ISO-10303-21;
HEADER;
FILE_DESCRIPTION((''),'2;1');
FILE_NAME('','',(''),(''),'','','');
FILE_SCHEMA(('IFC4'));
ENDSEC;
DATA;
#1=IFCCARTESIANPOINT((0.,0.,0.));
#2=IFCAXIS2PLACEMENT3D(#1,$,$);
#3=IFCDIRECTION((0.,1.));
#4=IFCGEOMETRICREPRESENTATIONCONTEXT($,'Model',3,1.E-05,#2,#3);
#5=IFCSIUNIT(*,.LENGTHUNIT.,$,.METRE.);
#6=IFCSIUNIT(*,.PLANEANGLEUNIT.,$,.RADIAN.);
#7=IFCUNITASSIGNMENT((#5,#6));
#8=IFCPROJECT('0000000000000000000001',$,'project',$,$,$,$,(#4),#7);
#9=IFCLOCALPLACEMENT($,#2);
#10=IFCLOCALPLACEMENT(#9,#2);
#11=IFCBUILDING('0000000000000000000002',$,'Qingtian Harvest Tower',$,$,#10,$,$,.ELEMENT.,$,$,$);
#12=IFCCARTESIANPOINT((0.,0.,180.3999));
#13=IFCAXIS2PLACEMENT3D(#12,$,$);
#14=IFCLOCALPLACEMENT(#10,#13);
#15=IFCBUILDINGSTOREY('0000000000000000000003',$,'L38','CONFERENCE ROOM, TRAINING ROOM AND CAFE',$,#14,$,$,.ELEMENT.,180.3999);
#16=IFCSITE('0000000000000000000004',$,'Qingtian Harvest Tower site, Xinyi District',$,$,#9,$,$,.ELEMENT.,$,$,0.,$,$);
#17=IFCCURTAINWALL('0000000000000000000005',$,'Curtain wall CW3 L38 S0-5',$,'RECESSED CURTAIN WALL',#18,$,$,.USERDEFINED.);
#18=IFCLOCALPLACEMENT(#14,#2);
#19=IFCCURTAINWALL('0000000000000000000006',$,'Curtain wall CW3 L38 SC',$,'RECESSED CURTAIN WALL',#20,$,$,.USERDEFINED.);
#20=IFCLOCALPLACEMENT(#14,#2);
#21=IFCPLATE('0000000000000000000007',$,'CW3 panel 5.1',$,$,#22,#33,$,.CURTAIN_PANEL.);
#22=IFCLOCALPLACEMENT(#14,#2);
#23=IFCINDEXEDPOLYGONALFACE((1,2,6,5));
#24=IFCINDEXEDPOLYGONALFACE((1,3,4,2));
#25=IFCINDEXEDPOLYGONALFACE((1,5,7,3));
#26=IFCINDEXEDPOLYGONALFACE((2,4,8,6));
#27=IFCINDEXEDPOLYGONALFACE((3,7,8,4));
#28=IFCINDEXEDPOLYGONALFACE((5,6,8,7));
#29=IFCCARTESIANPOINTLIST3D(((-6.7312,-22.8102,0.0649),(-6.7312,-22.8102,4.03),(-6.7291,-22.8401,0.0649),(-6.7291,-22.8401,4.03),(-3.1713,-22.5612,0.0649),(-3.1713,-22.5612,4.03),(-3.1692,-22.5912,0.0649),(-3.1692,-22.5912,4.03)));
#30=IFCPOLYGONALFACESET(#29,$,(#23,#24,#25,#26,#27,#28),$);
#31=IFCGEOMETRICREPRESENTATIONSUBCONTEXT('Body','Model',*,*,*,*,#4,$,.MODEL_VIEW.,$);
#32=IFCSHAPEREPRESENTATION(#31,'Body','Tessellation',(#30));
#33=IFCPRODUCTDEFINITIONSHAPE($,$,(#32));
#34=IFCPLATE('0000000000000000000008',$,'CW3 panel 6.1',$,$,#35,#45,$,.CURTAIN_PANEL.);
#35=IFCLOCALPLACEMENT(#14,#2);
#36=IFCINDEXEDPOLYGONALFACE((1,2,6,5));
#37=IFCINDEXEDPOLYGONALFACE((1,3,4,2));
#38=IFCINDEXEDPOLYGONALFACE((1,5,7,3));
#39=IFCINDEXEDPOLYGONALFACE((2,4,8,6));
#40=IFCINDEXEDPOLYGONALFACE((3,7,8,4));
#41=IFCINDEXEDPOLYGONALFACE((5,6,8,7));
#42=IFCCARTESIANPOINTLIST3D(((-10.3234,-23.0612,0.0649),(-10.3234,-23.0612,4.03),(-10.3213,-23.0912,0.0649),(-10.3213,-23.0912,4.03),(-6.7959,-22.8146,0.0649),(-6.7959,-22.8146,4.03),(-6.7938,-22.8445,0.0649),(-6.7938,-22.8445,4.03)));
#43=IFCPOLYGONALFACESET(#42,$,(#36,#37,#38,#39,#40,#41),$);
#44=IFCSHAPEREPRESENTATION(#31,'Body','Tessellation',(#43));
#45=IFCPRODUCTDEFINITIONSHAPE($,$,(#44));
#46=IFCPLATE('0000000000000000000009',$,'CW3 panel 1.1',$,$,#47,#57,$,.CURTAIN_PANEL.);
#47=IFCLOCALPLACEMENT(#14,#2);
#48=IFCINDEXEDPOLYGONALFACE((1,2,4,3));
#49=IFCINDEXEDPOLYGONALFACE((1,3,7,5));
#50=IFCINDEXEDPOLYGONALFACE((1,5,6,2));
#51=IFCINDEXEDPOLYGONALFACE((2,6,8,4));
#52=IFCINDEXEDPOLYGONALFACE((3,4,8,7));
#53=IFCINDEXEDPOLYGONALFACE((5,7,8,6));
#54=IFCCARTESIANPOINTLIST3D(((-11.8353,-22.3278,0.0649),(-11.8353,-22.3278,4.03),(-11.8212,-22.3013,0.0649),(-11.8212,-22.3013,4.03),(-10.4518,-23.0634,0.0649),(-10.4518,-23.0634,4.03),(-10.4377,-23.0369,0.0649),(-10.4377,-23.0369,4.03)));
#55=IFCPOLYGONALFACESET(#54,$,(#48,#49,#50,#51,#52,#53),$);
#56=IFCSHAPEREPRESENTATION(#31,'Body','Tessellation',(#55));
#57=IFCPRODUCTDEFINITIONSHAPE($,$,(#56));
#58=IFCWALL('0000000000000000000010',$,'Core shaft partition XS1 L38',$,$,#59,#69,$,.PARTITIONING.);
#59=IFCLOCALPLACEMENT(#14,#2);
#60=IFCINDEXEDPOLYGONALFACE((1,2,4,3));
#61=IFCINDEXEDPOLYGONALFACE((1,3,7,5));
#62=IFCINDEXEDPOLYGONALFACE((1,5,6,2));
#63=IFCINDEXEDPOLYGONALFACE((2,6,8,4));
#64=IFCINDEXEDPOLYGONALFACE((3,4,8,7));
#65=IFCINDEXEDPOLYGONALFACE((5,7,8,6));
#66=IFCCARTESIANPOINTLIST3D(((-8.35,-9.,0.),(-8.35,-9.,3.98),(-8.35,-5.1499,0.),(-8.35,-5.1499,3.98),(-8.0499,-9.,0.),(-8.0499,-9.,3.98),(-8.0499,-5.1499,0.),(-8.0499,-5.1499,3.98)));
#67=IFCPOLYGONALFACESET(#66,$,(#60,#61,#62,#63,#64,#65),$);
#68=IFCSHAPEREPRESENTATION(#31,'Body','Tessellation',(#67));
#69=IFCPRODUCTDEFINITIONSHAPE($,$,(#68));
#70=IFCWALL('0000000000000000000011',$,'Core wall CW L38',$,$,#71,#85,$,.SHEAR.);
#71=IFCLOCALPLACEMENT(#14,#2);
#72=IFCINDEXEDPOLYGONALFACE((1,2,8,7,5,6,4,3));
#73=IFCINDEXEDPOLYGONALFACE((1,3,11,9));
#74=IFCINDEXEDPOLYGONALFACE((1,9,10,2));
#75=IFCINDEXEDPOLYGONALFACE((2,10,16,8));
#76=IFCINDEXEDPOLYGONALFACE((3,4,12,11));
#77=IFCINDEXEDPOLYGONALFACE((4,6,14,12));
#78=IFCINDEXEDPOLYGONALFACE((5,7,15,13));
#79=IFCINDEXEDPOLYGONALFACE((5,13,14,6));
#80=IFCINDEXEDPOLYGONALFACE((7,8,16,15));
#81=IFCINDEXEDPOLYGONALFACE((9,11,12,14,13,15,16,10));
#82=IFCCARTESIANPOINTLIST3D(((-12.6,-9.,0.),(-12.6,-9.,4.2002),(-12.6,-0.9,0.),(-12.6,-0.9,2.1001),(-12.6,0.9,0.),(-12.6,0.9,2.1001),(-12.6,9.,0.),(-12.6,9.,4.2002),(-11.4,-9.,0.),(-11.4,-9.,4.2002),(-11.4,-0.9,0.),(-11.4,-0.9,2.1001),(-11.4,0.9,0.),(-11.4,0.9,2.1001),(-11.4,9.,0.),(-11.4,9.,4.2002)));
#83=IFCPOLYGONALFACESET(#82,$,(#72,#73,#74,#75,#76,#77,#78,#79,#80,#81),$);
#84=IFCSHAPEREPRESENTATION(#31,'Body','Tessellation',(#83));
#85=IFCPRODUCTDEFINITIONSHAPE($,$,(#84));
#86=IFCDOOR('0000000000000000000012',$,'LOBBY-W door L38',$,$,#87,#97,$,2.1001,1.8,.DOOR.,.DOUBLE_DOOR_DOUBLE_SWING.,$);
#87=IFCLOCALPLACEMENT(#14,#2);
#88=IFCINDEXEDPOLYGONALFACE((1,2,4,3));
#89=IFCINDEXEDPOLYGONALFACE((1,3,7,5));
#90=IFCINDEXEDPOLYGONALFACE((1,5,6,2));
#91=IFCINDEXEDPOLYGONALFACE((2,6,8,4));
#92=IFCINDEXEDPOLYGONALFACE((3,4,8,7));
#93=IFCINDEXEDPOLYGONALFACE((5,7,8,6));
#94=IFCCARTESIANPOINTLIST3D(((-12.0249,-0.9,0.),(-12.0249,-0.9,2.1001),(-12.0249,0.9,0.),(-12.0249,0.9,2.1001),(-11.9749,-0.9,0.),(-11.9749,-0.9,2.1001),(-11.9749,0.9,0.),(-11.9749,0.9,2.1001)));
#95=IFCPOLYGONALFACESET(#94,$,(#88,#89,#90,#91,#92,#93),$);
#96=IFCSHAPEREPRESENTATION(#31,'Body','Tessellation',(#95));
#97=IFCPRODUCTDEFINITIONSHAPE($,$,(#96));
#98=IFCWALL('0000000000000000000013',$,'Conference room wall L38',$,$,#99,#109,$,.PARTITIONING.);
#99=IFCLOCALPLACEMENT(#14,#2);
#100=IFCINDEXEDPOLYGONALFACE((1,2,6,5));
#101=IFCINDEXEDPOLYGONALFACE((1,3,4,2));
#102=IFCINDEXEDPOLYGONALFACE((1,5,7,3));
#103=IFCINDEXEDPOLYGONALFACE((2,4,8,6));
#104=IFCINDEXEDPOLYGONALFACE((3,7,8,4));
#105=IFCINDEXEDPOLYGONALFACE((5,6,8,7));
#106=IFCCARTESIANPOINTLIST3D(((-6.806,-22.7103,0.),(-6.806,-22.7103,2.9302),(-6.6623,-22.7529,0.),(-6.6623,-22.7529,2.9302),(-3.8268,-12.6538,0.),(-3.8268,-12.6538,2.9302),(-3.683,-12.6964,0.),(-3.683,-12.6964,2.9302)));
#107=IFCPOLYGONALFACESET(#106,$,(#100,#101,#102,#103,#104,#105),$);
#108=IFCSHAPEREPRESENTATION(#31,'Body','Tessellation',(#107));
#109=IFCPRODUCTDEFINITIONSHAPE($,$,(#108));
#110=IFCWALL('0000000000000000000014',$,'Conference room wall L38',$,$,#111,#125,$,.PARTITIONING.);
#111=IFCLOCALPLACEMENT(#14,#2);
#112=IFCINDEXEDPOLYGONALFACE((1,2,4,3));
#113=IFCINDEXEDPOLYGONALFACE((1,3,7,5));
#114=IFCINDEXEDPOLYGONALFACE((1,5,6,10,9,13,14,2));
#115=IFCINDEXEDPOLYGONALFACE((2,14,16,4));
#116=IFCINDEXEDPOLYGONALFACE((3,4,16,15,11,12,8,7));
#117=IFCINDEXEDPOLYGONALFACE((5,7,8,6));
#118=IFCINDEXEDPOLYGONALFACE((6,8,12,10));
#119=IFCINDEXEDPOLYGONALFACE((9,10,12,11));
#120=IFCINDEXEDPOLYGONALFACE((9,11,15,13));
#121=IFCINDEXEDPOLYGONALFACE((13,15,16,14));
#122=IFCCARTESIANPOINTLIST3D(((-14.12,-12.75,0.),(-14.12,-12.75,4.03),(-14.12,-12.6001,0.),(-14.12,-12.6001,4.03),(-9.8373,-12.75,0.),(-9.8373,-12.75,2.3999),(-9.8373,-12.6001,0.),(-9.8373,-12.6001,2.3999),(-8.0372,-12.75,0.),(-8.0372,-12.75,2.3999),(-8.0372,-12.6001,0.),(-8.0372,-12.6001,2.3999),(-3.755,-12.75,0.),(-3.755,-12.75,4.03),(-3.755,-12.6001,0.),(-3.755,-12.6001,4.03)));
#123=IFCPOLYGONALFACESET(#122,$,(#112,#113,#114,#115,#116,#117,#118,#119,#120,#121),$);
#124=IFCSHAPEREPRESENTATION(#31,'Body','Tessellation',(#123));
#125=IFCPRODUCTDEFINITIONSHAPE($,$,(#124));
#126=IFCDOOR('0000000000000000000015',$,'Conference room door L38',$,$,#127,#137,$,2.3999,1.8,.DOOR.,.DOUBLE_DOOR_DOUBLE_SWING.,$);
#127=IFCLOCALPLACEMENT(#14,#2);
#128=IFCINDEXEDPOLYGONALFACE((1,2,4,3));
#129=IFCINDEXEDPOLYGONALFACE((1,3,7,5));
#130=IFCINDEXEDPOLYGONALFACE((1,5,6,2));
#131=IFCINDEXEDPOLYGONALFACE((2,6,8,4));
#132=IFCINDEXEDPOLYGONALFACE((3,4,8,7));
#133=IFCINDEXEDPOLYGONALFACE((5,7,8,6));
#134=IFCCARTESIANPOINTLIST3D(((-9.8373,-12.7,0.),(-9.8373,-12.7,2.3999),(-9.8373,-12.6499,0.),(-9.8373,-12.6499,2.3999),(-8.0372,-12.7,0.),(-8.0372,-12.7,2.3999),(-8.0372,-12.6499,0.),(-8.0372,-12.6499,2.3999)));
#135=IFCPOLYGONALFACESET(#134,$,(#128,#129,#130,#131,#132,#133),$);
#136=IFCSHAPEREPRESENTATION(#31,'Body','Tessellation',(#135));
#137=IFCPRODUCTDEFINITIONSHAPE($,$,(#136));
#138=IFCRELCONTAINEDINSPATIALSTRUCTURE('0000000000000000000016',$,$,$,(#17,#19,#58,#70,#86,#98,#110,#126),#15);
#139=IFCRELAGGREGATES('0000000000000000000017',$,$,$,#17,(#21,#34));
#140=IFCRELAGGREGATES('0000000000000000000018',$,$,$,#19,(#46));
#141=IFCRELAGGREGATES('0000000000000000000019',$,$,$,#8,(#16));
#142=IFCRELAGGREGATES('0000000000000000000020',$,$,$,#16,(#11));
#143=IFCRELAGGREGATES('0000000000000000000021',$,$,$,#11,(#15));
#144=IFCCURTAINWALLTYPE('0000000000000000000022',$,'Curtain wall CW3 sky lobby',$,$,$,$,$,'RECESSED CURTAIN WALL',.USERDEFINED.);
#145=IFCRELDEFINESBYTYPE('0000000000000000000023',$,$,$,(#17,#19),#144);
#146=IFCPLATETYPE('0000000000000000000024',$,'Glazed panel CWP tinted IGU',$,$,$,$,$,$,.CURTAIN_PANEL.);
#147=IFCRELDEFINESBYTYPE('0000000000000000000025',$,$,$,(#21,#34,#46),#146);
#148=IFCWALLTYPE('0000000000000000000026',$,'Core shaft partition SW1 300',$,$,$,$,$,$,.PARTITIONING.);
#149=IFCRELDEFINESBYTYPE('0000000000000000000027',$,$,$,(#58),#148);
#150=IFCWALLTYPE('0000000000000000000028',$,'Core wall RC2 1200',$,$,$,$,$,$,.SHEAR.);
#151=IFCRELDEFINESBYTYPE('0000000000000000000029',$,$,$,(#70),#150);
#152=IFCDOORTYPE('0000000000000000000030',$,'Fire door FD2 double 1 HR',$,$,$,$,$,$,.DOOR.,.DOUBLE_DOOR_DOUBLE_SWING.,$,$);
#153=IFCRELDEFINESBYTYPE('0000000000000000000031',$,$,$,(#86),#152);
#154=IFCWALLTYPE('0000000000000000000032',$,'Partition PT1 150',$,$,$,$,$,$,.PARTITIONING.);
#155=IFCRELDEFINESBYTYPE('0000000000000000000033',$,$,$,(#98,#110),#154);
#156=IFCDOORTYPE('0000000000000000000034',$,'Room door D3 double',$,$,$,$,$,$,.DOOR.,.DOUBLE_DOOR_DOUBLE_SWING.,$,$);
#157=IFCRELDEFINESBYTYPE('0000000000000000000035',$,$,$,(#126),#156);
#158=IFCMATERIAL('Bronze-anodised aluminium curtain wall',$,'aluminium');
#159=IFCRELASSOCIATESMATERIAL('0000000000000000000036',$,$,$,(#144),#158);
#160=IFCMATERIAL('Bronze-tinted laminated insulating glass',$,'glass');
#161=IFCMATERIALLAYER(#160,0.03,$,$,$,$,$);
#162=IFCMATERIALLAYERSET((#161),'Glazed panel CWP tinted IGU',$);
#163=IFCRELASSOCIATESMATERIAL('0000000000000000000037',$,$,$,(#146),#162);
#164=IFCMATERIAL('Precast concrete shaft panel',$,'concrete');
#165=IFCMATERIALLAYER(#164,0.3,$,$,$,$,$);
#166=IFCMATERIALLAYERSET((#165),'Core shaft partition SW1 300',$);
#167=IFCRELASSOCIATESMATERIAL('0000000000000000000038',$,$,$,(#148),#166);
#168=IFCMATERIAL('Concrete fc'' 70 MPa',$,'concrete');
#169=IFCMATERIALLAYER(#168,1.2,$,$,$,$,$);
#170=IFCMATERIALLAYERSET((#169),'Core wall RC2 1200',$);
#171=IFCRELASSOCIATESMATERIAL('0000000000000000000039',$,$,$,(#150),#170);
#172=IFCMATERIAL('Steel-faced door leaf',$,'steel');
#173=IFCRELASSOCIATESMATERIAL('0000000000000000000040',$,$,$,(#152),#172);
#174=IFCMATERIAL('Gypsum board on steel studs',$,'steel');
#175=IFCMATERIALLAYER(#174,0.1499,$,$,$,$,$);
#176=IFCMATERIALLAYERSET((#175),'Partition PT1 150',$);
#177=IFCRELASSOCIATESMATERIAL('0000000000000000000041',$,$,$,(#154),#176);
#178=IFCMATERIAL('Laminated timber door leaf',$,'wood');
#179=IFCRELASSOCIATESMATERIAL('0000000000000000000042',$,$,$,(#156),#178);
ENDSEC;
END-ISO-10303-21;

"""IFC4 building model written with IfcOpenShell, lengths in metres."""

from ifc_helpers import new_model, si_unit, direction, frame, frame_2d, origin, origin_2d, place, context, subcontext, project, spatial, rectangle, extrude, material, layer, layer_set, type_object, element, fill, aggregate, save


model = new_model("IFC4")

# Units and contexts
model_context = context("Model", 3, precision=1e-05, world=origin(), true_north=direction((0.0, 1.0)))
body_context = subcontext(model_context, "Body", "Model", "MODEL_VIEW")
ifc_project = project(units=[si_unit("LENGTHUNIT", "METRE"), si_unit("PLANEANGLEUNIT", "RADIAN")], contexts=[model_context])

# Site, building, storey
site_placement = place(None, origin())
site = spatial("IfcSite", under=ifc_project, at=site_placement, Name="Qingtian Harvest Tower site, Xinyi District", CompositionType="ELEMENT", RefElevation=0.0)
building_placement = place(site_placement, origin())
building = spatial("IfcBuilding", under=site, at=building_placement, Name="Qingtian Harvest Tower", CompositionType="ELEMENT")
storey_placement = place(building_placement, frame((0.0, 0.0, 180.3999)))
storey = spatial("IfcBuildingStorey", under=building, at=storey_placement, Name="L38", Description="CONFERENCE ROOM, TRAINING ROOM AND CAFE", CompositionType="ELEMENT", Elevation=180.3999)

# Curtain walls
ifc_material_1 = material(Name="Bronze-anodised aluminium curtain wall", Category="aluminium")
curtain_wall_type = type_object("IfcCurtainWallType", Name="Curtain wall CW3 sky lobby", ElementType="RECESSED CURTAIN WALL", PredefinedType="USERDEFINED", material=ifc_material_1)
curtain_wall_1_placement = place(storey_placement, origin())
curtain_wall_1 = element("IfcCurtainWall", 1, at=curtain_wall_1_placement, inside=storey, type_object=curtain_wall_type, Name="Curtain wall CW3 L38 S0-5", ObjectType="RECESSED CURTAIN WALL", PredefinedType="USERDEFINED")
curtain_wall_2_placement = place(storey_placement, origin())
curtain_wall_2 = element("IfcCurtainWall", 2, at=curtain_wall_2_placement, inside=storey, type_object=curtain_wall_type, Name="Curtain wall CW3 L38 SC", ObjectType="RECESSED CURTAIN WALL", PredefinedType="USERDEFINED")

# Plates
ifc_material_2 = material(Name="Bronze-tinted laminated insulating glass", Category="glass")
ifc_layer_1 = layer(ifc_material_2, 0.03)
ifc_layer_set_1 = layer_set([ifc_layer_1], Name="Glazed panel CWP tinted IGU")
plate_type = type_object("IfcPlateType", Name="Glazed panel CWP tinted IGU", PredefinedType="CURTAIN_PANEL", material=ifc_layer_set_1)
plate_1_placement = place(storey_placement, frame((-4.9502, -22.7007, 0.0649), z_axis=(0.0, 0.0, 1.0), x_axis=(-0.997564, -0.069756, 0.0)))
plate_1 = element("IfcPlate", 3, at=plate_1_placement, type_object=plate_type, Name="CW3 panel 5.1", PredefinedType="CURTAIN_PANEL", context=body_context, shape_type="SweptSolid", body=[
    extrude(rectangle(XDim=3.5686, YDim=0.03, at=origin_2d()), origin(), (0.0, 0.0, 1.0), 3.9651),
])
plate_2_placement = place(storey_placement, frame((-8.5586, -22.9529, 0.0649), z_axis=(0.0, 0.0, 1.0), x_axis=(-0.997564, -0.069756, 0.0)))
plate_2 = element("IfcPlate", 4, at=plate_2_placement, type_object=plate_type, Name="CW3 panel 6.1", PredefinedType="CURTAIN_PANEL", context=body_context, shape_type="SweptSolid", body=[
    extrude(rectangle(XDim=3.5361, YDim=0.03, at=origin_2d()), origin(), (0.0, 0.0, 1.0), 3.9651),
])
aggregate(curtain_wall_1, [plate_1, plate_2])
plate_3_placement = place(storey_placement, frame((-11.1365, -22.6824, 0.0649), z_axis=(0.0, 0.0, 1.0), x_axis=(-0.882948, 0.469472, 0.0)))
plate_3 = element("IfcPlate", 5, at=plate_3_placement, type_object=plate_type, Name="CW3 panel 1.1", PredefinedType="CURTAIN_PANEL", context=body_context, shape_type="SweptSolid", body=[
    extrude(rectangle(XDim=1.5669, YDim=0.03, at=origin_2d()), origin(), (0.0, 0.0, 1.0), 3.9651),
])
aggregate(curtain_wall_2, [plate_3])

# Wall
ifc_material_3 = material(Name="Precast concrete shaft panel", Category="concrete")
ifc_layer_2 = layer(ifc_material_3, 0.3)
ifc_layer_set_2 = layer_set([ifc_layer_2], Name="Core shaft partition SW1 300")
wall_type_1 = type_object("IfcWallType", Name="Core shaft partition SW1 300", PredefinedType="PARTITIONING", material=ifc_layer_set_2)
wall_1_placement = place(storey_placement, frame((-8.2, -9.0, 0.0), z_axis=(0.0, 0.0, 1.0), x_axis=(0.0, 1.0, 0.0)))
element("IfcWall", 6, at=wall_1_placement, inside=storey, type_object=wall_type_1, Name="Core shaft partition XS1 L38", PredefinedType="PARTITIONING", context=body_context, shape_type="SweptSolid", body=[
    extrude(rectangle(XDim=3.8501, YDim=0.3, at=frame_2d((1.925, 0.0))), origin(), (0.0, 0.0, 1.0), 3.98),
])

# Wall, opening, door
ifc_material_4 = material(Name="Concrete fc' 70 MPa", Category="concrete")
ifc_layer_3 = layer(ifc_material_4, 1.2)
ifc_layer_set_3 = layer_set([ifc_layer_3], Name="Core wall RC2 1200")
wall_type_2 = type_object("IfcWallType", Name="Core wall RC2 1200", PredefinedType="SHEAR", material=ifc_layer_set_3)
wall_2_placement = place(storey_placement, frame((-12.0, -9.0, 0.0), z_axis=(0.0, 0.0, 1.0), x_axis=(0.0, 1.0, 0.0)))
wall_2 = element("IfcWall", 7, at=wall_2_placement, inside=storey, type_object=wall_type_2, Name="Core wall CW L38", PredefinedType="SHEAR", context=body_context, shape_type="SweptSolid", body=[
    extrude(rectangle(XDim=18.0, YDim=1.2, at=frame_2d((9.0, 0.0))), origin(), (0.0, 0.0, 1.0), 4.2002),
])
opening_1_placement = place(wall_2_placement, frame((8.1001, 0.0, 0.0)))
opening_1 = element("IfcOpeningElement", 8, at=opening_1_placement, cuts=wall_2, PredefinedType="OPENING", context=body_context, shape_type="SweptSolid", body=[
    extrude(rectangle(XDim=1.8, YDim=2.1001, at=frame_2d((0.8999, 1.05))), frame((0.0, 0.6099, 0.0), z_axis=(0.0, -1.0, 0.0), x_axis=(1.0, 0.0, 0.0)), (0.0, 0.0, 1.0), 1.22),
])
ifc_material_5 = material(Name="Steel-faced door leaf", Category="steel")
door_type_1 = type_object("IfcDoorType", Name="Fire door FD2 double 1 HR", OperationType="DOUBLE_DOOR_DOUBLE_SWING", PredefinedType="DOOR", material=ifc_material_5)
door_1_placement = place(opening_1_placement, origin())
door_1 = element("IfcDoor", 9, at=door_1_placement, inside=storey, type_object=door_type_1, Name="LOBBY-W door L38", OperationType="DOUBLE_DOOR_DOUBLE_SWING", OverallHeight=2.1001, OverallWidth=1.8, PredefinedType="DOOR", context=body_context, shape_type="SweptSolid", body=[
    extrude(rectangle(XDim=1.8, YDim=2.1001, at=frame_2d((0.8999, 1.05))), frame((0.0, 0.0249, 0.0), z_axis=(0.0, -1.0, 0.0), x_axis=(1.0, 0.0, 0.0)), (0.0, 0.0, 1.0), 0.05),
])
fill(opening_1, door_1)

# Wall
ifc_material_6 = material(Name="Gypsum board on steel studs", Category="steel")
ifc_layer_4 = layer(ifc_material_6, 0.1499)
ifc_layer_set_4 = layer_set([ifc_layer_4], Name="Partition PT1 150")
wall_type_3 = type_object("IfcWallType", Name="Partition PT1 150", PredefinedType="PARTITIONING", material=ifc_layer_set_4)
wall_3_placement = place(storey_placement, frame((-6.7341, -22.7314, 0.0), z_axis=(0.0, 0.0, 1.0), x_axis=(0.284051, 0.958809, 0.0)))
element("IfcWall", 10, at=wall_3_placement, inside=storey, type_object=wall_type_3, Name="Conference room wall L38", PredefinedType="PARTITIONING", context=body_context, shape_type="SweptSolid", body=[
    extrude(rectangle(XDim=10.4885, YDim=0.1499, at=frame_2d((5.2441, 0.0))), origin(), (0.0, 0.0, 1.0), 2.9302),
])

# Wall, opening, door
wall_4_placement = place(storey_placement, frame((-3.7549, -12.675, 0.0), z_axis=(0.0, 0.0, 1.0), x_axis=(-1.0, 0.0, 0.0)))
wall_4 = element("IfcWall", 11, at=wall_4_placement, inside=storey, type_object=wall_type_3, Name="Conference room wall L38", PredefinedType="PARTITIONING", context=body_context, shape_type="SweptSolid", body=[
    extrude(rectangle(XDim=10.365, YDim=0.1499, at=frame_2d((5.1826, 0.0))), origin(), (0.0, 0.0, 1.0), 4.03),
])
opening_2_placement = place(wall_4_placement, frame((4.2825, 0.0, 0.0)))
opening_2 = element("IfcOpeningElement", 12, at=opening_2_placement, cuts=wall_4, PredefinedType="OPENING", context=body_context, shape_type="SweptSolid", body=[
    extrude(rectangle(XDim=1.8, YDim=2.3999, at=frame_2d((0.8999, 1.2))), frame((0.0, 0.085, 0.0), z_axis=(0.0, -1.0, 0.0), x_axis=(1.0, 0.0, 0.0)), (0.0, 0.0, 1.0), 0.1699),
])
ifc_material_7 = material(Name="Laminated timber door leaf", Category="wood")
door_type_2 = type_object("IfcDoorType", Name="Room door D3 double", OperationType="DOUBLE_DOOR_DOUBLE_SWING", PredefinedType="DOOR", material=ifc_material_7)
door_2_placement = place(opening_2_placement, origin())
door_2 = element("IfcDoor", 13, at=door_2_placement, inside=storey, type_object=door_type_2, Name="Conference room door L38", OperationType="DOUBLE_DOOR_DOUBLE_SWING", OverallHeight=2.3999, OverallWidth=1.8, PredefinedType="DOOR", context=body_context, shape_type="SweptSolid", body=[
    extrude(rectangle(XDim=1.8, YDim=2.3999, at=frame_2d((0.8999, 1.2))), frame((0.0, 0.0249, 0.0), z_axis=(0.0, -1.0, 0.0), x_axis=(1.0, 0.0, 0.0)), (0.0, 0.0, 1.0), 0.05),
])
fill(opening_2, door_2)

save(model, "model.ifc")
